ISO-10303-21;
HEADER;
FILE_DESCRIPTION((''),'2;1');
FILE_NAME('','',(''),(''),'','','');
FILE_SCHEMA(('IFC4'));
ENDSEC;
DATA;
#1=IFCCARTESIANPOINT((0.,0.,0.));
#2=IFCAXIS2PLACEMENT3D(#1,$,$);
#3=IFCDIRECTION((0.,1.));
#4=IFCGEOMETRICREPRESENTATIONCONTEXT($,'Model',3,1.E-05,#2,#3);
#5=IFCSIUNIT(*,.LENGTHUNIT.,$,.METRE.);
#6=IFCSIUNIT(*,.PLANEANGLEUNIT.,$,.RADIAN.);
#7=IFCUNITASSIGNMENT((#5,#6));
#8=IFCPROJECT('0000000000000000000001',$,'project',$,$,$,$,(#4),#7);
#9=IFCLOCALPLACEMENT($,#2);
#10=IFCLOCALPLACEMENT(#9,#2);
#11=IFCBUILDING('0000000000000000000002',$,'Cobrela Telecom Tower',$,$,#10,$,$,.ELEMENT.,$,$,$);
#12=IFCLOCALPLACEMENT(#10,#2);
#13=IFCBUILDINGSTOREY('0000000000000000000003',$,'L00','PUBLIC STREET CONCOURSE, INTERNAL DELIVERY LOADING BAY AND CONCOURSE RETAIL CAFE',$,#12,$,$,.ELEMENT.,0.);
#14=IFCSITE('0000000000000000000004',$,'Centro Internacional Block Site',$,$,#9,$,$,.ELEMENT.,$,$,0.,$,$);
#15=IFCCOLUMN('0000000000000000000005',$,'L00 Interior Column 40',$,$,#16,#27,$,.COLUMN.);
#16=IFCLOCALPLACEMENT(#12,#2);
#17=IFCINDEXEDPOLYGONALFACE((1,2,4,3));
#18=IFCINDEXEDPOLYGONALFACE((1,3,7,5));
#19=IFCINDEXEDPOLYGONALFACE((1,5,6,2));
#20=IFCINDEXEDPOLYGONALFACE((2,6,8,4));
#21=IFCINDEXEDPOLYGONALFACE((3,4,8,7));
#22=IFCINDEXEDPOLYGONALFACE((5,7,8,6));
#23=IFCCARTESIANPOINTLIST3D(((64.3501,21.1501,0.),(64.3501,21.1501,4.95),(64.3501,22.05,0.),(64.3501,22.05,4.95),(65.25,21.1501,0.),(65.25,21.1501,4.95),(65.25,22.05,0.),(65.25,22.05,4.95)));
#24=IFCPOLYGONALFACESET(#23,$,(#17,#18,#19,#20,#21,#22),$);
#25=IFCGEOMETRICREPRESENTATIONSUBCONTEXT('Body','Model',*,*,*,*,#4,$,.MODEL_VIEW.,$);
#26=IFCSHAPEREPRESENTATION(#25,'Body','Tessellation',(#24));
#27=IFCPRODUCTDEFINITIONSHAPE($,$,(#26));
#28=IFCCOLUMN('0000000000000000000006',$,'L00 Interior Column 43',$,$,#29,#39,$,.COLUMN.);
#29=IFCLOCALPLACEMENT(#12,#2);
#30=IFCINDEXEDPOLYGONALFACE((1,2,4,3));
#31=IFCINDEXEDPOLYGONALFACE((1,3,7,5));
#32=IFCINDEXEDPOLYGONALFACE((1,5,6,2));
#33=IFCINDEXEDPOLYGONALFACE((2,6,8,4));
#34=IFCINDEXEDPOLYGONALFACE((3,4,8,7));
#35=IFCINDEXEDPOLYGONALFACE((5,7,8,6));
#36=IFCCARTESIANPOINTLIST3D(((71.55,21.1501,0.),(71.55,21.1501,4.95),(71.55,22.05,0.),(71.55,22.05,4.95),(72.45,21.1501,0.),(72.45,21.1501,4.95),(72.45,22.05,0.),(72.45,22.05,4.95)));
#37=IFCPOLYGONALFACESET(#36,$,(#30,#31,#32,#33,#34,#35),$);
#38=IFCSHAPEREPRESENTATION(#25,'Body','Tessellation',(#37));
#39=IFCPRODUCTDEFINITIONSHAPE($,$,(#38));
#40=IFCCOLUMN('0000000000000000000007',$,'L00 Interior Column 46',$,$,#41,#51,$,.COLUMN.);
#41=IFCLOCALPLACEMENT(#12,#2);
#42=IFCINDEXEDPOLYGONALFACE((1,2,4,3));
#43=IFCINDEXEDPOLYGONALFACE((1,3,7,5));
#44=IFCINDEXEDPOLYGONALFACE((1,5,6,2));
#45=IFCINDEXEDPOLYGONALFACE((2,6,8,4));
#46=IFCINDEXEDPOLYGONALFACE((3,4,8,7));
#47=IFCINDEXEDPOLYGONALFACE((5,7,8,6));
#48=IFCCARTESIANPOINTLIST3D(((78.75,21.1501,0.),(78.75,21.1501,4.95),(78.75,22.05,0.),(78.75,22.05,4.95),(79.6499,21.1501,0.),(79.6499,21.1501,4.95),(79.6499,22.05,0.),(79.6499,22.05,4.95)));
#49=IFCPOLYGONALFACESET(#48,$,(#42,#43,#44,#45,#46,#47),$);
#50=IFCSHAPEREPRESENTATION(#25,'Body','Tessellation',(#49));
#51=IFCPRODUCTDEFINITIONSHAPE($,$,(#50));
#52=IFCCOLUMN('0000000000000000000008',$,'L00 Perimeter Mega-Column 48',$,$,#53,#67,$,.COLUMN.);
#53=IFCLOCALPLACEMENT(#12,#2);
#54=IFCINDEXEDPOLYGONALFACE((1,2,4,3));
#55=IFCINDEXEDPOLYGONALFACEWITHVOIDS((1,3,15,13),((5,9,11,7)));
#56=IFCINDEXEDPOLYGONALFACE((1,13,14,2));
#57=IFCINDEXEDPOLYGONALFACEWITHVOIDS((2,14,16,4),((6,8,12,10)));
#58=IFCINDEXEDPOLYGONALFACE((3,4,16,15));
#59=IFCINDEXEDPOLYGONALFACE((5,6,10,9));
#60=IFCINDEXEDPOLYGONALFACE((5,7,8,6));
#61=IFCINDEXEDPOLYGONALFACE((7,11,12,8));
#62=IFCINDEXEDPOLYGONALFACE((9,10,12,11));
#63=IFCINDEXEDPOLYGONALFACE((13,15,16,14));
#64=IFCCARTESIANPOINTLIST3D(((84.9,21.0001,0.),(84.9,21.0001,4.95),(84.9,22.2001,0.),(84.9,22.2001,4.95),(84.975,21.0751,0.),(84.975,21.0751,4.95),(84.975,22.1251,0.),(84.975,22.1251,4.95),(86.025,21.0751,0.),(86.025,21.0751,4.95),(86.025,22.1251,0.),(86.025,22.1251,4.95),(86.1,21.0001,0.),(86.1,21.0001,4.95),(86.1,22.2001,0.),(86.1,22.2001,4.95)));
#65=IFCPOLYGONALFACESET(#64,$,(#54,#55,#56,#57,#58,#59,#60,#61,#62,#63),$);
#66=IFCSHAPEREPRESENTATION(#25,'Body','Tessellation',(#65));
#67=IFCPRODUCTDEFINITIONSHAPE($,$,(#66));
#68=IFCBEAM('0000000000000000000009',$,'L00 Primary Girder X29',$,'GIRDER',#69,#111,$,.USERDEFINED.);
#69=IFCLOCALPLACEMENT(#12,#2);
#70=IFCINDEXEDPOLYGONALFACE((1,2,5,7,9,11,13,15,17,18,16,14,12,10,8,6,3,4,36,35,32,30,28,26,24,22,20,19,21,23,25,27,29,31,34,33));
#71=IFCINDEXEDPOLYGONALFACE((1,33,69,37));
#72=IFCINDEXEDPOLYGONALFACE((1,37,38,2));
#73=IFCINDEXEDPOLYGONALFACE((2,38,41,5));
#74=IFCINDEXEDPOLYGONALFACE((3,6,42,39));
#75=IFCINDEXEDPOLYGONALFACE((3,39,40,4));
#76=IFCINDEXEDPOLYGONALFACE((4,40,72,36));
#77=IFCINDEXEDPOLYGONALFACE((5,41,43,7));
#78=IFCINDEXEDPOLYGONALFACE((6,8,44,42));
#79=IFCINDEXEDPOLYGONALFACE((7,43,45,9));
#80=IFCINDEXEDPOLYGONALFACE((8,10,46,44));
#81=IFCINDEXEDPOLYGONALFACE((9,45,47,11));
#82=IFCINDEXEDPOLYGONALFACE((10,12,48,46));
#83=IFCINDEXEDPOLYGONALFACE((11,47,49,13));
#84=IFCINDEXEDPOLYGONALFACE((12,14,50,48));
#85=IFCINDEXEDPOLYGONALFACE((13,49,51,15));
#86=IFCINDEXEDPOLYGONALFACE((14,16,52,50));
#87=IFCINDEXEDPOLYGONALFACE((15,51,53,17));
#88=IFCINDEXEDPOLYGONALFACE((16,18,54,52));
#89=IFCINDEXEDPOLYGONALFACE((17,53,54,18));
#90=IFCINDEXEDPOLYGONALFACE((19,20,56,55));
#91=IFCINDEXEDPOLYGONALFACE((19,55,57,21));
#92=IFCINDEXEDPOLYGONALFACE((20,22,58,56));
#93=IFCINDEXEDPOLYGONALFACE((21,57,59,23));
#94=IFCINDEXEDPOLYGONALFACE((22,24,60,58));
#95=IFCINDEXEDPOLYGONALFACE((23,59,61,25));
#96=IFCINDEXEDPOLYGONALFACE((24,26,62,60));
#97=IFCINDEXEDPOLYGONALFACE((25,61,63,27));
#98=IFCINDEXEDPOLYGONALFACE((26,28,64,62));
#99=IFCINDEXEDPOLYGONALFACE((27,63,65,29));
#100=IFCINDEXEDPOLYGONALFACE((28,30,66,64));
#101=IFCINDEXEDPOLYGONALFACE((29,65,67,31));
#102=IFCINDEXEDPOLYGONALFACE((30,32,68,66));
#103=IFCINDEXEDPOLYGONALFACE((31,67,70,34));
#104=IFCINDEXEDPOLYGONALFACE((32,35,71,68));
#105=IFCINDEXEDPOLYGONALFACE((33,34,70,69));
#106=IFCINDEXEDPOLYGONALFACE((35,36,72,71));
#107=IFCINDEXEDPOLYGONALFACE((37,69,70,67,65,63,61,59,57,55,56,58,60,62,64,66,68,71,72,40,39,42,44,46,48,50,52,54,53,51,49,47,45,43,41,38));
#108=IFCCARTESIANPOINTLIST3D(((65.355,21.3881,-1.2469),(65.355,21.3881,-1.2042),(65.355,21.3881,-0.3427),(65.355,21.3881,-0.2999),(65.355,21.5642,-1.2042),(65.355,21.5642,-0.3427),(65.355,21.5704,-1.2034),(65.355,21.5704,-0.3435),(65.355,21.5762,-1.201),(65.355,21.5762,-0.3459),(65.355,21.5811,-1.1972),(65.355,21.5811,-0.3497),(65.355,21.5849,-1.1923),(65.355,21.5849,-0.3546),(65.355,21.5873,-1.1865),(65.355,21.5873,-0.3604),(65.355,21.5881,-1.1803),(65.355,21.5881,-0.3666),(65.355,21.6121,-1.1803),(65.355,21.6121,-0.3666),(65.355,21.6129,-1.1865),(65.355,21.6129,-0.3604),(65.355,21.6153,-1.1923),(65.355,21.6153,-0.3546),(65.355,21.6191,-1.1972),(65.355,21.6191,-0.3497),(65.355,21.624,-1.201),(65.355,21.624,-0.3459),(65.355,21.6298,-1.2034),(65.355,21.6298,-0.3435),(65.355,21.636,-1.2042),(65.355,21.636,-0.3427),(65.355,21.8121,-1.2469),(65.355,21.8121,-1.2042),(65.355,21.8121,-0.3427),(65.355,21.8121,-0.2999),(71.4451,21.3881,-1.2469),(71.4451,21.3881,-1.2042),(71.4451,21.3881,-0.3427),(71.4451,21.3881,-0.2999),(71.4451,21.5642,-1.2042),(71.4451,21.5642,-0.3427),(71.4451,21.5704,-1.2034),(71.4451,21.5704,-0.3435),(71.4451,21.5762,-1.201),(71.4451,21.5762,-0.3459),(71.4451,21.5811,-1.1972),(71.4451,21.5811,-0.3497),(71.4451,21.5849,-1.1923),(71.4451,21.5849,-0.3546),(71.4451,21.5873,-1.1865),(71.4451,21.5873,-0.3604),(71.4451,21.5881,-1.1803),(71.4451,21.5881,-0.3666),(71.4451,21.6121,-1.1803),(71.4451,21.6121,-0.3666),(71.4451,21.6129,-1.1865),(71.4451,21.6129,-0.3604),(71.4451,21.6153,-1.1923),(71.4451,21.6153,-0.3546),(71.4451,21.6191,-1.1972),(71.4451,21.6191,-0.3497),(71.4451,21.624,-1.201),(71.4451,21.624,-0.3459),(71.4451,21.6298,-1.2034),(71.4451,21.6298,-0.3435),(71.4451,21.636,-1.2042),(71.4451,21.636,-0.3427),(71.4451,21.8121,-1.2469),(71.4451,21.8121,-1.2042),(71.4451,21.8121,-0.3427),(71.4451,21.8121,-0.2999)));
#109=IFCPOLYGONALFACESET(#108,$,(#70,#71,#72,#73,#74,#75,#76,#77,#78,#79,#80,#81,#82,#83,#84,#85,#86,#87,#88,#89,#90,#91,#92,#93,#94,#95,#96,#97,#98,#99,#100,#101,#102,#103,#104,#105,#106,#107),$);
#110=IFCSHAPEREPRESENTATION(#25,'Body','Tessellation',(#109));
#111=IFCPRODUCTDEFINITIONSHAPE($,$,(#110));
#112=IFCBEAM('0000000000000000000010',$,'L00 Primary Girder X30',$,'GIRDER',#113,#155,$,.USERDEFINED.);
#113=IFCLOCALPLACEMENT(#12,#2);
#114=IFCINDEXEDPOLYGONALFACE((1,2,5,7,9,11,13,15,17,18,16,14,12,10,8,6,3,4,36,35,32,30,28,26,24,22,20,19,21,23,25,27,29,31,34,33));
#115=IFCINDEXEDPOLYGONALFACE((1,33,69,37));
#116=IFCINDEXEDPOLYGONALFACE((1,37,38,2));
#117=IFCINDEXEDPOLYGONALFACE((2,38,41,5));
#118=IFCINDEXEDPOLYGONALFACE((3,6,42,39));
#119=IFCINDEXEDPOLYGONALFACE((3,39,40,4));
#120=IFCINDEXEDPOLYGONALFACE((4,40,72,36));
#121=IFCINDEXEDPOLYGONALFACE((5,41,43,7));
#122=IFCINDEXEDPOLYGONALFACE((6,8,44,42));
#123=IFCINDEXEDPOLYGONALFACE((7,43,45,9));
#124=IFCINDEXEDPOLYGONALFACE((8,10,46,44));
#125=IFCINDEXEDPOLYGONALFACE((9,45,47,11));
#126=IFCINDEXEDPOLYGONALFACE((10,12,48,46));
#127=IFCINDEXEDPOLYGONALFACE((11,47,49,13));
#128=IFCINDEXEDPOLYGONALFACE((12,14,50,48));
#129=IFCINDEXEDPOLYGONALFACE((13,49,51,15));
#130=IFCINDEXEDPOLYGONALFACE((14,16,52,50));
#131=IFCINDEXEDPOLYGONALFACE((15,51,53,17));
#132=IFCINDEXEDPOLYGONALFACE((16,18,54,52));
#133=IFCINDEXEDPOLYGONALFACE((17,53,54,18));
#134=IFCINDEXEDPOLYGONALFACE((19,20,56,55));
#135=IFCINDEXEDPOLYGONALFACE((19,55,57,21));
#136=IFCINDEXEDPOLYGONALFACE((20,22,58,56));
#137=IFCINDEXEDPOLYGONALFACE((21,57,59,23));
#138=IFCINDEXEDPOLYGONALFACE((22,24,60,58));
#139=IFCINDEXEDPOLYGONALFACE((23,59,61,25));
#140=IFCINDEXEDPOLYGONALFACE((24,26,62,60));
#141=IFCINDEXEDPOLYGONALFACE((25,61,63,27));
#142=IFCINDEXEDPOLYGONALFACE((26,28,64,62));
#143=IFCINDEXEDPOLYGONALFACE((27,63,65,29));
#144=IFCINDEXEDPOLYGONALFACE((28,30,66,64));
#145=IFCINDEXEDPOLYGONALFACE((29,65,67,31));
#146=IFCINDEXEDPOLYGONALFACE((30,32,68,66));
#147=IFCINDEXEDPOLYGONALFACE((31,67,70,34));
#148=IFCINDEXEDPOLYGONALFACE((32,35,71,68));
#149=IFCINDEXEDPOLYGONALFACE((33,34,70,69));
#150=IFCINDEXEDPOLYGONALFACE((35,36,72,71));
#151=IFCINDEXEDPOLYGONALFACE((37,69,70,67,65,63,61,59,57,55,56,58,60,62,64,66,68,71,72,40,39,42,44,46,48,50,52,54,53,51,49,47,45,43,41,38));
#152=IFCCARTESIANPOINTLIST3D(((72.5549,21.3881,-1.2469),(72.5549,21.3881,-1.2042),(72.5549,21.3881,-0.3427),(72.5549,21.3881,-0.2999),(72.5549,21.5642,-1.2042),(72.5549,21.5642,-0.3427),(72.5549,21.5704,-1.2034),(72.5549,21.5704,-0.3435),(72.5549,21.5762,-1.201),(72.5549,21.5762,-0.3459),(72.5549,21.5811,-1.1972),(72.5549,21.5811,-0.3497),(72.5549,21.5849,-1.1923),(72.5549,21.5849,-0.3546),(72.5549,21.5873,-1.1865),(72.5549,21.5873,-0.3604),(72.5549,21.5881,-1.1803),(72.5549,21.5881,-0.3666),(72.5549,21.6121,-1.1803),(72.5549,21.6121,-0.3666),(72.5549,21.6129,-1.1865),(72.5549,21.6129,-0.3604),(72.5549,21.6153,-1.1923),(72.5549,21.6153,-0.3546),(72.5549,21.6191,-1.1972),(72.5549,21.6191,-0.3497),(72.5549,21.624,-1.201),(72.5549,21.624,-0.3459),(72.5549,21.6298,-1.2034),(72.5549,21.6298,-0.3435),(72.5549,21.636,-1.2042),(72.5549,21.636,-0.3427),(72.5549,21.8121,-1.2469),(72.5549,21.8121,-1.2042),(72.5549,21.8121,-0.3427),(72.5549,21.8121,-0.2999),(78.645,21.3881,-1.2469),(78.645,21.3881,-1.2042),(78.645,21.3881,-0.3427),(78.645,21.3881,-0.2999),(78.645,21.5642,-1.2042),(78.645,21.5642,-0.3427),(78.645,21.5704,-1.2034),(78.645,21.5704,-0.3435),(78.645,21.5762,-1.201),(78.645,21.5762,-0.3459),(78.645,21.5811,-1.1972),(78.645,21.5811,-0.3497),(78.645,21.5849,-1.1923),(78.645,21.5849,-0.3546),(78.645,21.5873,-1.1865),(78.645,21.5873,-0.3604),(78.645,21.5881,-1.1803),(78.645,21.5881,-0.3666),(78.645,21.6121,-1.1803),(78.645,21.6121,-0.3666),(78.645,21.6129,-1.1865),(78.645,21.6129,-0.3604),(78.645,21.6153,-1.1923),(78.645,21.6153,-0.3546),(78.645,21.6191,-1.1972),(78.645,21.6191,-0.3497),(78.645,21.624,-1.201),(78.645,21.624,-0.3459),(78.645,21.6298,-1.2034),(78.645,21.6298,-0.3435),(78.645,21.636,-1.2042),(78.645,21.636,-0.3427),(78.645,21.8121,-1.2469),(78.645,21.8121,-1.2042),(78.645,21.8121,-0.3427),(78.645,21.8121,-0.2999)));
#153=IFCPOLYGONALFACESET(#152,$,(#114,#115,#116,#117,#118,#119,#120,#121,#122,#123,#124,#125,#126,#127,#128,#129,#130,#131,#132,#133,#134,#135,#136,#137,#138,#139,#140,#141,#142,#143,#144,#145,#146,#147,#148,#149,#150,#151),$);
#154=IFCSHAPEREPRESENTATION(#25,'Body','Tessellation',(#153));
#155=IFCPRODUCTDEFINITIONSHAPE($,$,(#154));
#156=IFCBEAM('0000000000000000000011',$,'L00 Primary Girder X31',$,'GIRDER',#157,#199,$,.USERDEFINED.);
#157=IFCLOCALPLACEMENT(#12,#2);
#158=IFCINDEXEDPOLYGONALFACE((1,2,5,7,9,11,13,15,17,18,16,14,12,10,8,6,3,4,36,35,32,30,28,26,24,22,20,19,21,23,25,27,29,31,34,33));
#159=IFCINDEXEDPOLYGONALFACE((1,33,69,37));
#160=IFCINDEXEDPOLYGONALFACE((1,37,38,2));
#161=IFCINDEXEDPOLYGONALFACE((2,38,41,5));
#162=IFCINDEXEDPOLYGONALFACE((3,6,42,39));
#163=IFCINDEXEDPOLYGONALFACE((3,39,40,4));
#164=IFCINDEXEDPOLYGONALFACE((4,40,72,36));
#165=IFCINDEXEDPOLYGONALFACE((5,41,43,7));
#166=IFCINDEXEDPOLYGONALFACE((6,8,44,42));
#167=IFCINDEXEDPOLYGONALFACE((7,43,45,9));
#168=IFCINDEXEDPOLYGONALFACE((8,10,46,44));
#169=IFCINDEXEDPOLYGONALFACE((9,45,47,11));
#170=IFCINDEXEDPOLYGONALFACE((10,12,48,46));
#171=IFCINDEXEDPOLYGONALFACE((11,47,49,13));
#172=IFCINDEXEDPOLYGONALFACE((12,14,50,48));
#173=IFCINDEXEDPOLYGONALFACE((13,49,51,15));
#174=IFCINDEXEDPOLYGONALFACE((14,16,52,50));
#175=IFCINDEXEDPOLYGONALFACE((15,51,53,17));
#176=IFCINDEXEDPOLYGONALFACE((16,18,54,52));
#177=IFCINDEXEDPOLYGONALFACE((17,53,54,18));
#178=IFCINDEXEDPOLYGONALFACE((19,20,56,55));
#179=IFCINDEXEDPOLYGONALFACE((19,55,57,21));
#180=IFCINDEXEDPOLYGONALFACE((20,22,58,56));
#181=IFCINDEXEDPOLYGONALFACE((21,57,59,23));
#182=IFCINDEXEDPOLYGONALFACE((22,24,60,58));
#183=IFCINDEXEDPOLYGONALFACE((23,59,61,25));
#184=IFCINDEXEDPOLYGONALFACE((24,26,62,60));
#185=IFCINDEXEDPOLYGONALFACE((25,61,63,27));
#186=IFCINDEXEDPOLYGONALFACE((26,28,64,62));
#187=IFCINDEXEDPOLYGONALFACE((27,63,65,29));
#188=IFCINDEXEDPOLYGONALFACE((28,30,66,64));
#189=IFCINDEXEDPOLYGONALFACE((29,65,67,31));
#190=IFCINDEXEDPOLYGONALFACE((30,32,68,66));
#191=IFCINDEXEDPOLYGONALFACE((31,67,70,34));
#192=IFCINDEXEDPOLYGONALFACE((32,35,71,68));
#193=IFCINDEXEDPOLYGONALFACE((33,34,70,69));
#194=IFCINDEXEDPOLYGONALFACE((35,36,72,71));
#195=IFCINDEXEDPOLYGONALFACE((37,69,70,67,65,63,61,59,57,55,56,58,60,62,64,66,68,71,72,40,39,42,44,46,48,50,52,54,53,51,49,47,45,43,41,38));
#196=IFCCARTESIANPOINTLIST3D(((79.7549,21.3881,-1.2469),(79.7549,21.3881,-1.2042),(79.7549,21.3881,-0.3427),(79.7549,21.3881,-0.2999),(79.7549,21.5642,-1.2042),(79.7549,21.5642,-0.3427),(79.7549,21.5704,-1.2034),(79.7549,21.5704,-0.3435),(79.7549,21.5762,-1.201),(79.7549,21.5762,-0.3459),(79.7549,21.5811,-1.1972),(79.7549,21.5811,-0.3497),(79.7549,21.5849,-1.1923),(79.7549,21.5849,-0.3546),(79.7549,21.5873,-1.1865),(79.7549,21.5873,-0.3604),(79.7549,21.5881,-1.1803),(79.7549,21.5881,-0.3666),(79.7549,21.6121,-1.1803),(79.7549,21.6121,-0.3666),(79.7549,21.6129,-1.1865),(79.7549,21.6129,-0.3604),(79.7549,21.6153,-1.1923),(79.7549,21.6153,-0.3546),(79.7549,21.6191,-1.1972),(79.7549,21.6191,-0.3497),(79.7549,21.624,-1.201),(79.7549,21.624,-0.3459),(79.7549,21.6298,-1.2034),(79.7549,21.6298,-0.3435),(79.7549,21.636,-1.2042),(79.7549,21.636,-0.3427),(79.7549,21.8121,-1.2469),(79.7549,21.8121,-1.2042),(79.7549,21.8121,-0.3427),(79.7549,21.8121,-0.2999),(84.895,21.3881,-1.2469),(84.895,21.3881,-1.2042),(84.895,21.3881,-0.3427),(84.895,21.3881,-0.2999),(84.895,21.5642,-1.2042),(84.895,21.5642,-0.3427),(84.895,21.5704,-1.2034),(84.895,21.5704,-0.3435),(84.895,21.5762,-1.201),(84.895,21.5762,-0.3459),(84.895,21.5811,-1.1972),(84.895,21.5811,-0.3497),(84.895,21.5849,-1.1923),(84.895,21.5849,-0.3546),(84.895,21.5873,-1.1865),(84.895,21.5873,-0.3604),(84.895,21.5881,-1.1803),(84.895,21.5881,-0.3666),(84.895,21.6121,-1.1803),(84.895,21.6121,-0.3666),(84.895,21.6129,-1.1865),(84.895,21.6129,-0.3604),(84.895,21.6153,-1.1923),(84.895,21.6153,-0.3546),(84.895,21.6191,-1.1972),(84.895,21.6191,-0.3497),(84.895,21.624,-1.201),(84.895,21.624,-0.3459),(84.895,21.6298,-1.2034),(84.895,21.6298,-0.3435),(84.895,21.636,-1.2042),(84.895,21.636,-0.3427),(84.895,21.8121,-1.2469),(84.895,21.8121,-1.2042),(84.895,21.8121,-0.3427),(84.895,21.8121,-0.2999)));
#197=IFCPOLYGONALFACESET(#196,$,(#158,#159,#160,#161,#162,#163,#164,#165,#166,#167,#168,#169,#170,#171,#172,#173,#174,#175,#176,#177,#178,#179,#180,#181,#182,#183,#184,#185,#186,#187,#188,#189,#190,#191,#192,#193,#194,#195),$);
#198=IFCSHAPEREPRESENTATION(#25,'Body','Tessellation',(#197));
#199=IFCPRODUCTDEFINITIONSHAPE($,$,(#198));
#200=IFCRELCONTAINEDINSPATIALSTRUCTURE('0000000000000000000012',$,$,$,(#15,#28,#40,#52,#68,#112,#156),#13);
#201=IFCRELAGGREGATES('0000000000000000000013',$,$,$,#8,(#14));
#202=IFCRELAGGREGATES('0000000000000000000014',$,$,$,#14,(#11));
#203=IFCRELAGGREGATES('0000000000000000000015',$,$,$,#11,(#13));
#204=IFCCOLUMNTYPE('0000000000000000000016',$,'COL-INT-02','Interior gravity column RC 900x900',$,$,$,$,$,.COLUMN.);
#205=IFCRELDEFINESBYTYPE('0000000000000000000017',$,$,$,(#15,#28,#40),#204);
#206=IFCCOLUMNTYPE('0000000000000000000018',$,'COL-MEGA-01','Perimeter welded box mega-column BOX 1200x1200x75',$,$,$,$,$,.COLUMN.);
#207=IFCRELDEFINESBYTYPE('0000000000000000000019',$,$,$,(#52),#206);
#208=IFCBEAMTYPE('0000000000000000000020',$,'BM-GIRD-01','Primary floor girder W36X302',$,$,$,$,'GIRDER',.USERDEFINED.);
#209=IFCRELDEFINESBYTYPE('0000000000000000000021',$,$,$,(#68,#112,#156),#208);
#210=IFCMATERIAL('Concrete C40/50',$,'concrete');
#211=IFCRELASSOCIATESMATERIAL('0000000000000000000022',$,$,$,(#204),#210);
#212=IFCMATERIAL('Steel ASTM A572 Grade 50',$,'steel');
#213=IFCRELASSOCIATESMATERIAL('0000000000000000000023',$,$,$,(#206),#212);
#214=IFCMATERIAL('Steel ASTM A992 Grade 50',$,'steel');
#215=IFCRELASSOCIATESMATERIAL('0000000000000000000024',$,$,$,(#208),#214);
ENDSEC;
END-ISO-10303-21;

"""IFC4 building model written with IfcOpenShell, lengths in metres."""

from ifc_helpers import new_model, si_unit, direction, frame, origin, origin_2d, place, context, subcontext, project, spatial, rectangle, hollow_rectangle, i_section, extrude, material, material_profile, profile_set, type_object, element, save


model = new_model("IFC4")

# Units and contexts
model_context = context("Model", 3, precision=1e-05, world=origin(), true_north=direction((0.0, 1.0)))
body_context = subcontext(model_context, "Body", "Model", "MODEL_VIEW")
ifc_project = project(units=[si_unit("LENGTHUNIT", "METRE"), si_unit("PLANEANGLEUNIT", "RADIAN")], contexts=[model_context])

# Site, building, storey
site_placement = place(None, origin())
site = spatial("IfcSite", under=ifc_project, at=site_placement, Name="Centro Internacional Block Site", CompositionType="ELEMENT", RefElevation=0.0)
building_placement = place(site_placement, origin())
building = spatial("IfcBuilding", under=site, at=building_placement, Name="Cobrela Telecom Tower", CompositionType="ELEMENT")
storey_placement = place(building_placement, origin())
storey = spatial("IfcBuildingStorey", under=building, at=storey_placement, Name="L00", Description="PUBLIC STREET CONCOURSE, INTERNAL DELIVERY LOADING BAY AND CONCOURSE RETAIL CAFE", CompositionType="ELEMENT", Elevation=0.0)

# Columns
ifc_material_1 = material(Name="Concrete C40/50", Category="concrete")
ifc_material_profile_1 = material_profile(ifc_material_1, rectangle(XDim=0.8999, YDim=0.8999, at=origin_2d()), Name="RC 900x900")
ifc_profile_set_1 = profile_set([ifc_material_profile_1], Name="Concrete C40/50")
column_type_1 = type_object("IfcColumnType", Name="COL-INT-02", Description="Interior gravity column RC 900x900", PredefinedType="COLUMN", material=ifc_profile_set_1)
for number, where, z_axis, x_axis, name in (
    (1, (64.8, 21.6001, 0.0), (0.0, 0.0, 1.0), (1.0, 0.0, 0.0), "L00 Interior Column 40"),
    (2, (72.0, 21.6001, 0.0), (0.0, 0.0, 1.0), (1.0, 0.0, 0.0), "L00 Interior Column 43"),
    (3, (79.2, 21.6001, 0.0), (0.0, 0.0, 1.0), (1.0, 0.0, 0.0), "L00 Interior Column 46"),
):
    element("IfcColumn", number, at=place(storey_placement, frame(where, z_axis=z_axis, x_axis=x_axis)), inside=storey, type_object=column_type_1, Name=name, PredefinedType="COLUMN", context=body_context, shape_type="SweptSolid", body=[
        extrude(rectangle(XDim=0.8999, YDim=0.8999, at=origin_2d()), origin(), (0.0, 0.0, 1.0), 4.95),
    ])
ifc_material_2 = material(Name="Steel ASTM A572 Grade 50", Category="steel")
ifc_material_profile_2 = material_profile(ifc_material_2, hollow_rectangle(XDim=1.2, YDim=1.2, WallThickness=0.075, at=origin_2d()), Name="BOX 1200x1200x75")
ifc_profile_set_2 = profile_set([ifc_material_profile_2], Name="Steel ASTM A572 Grade 50")
column_type_2 = type_object("IfcColumnType", Name="COL-MEGA-01", Description="Perimeter welded box mega-column BOX 1200x1200x75", PredefinedType="COLUMN", material=ifc_profile_set_2)
column_placement = place(storey_placement, frame((85.5, 21.6001, 0.0), z_axis=(0.0, 0.0, 1.0), x_axis=(1.0, 0.0, 0.0)))
element("IfcColumn", 4, at=column_placement, inside=storey, type_object=column_type_2, Name="L00 Perimeter Mega-Column 48", PredefinedType="COLUMN", context=body_context, shape_type="SweptSolid", body=[
    extrude(hollow_rectangle(XDim=1.2, YDim=1.2, WallThickness=0.075, at=origin_2d()), origin(), (0.0, 0.0, 1.0), 4.95),
])

# Beams
ifc_material_3 = material(Name="Steel ASTM A992 Grade 50", Category="steel")
ifc_material_profile_3 = material_profile(ifc_material_3, i_section(OverallWidth=0.4241, OverallDepth=0.947, WebThickness=0.0239, FlangeThickness=0.0427, FilletRadius=0.0239, at=origin_2d()), Name="W36X302")
ifc_profile_set_3 = profile_set([ifc_material_profile_3], Name="Steel ASTM A992 Grade 50")
beam_type = type_object("IfcBeamType", Name="BM-GIRD-01", Description="Primary floor girder W36X302", ElementType="GIRDER", PredefinedType="USERDEFINED", material=ifc_profile_set_3)
for number, where, z_axis, x_axis, name in (
    (5, (65.355, 21.6001, -0.7734), (1.0, 0.0, 0.0), (0.0, 1.0, 0.0), "L00 Primary Girder X29"),
    (6, (72.5549, 21.6001, -0.7734), (1.0, 0.0, 0.0), (0.0, 1.0, 0.0), "L00 Primary Girder X30"),
):
    element("IfcBeam", number, at=place(storey_placement, frame(where, z_axis=z_axis, x_axis=x_axis)), inside=storey, type_object=beam_type, Name=name, ObjectType="GIRDER", PredefinedType="USERDEFINED", context=body_context, shape_type="SweptSolid", body=[
        extrude(i_section(OverallWidth=0.4241, OverallDepth=0.947, WebThickness=0.0239, FlangeThickness=0.0427, FilletRadius=0.0239, at=origin_2d()), origin(), (0.0, 0.0, 1.0), 6.0901),
    ])
beam_placement = place(storey_placement, frame((79.7549, 21.6001, -0.7734), z_axis=(1.0, 0.0, 0.0), x_axis=(0.0, 1.0, 0.0)))
element("IfcBeam", 7, at=beam_placement, inside=storey, type_object=beam_type, Name="L00 Primary Girder X31", ObjectType="GIRDER", PredefinedType="USERDEFINED", context=body_context, shape_type="SweptSolid", body=[
    extrude(i_section(OverallWidth=0.4241, OverallDepth=0.947, WebThickness=0.0239, FlangeThickness=0.0427, FilletRadius=0.0239, at=origin_2d()), origin(), (0.0, 0.0, 1.0), 5.1401),
])

save(model, "model.ifc")
